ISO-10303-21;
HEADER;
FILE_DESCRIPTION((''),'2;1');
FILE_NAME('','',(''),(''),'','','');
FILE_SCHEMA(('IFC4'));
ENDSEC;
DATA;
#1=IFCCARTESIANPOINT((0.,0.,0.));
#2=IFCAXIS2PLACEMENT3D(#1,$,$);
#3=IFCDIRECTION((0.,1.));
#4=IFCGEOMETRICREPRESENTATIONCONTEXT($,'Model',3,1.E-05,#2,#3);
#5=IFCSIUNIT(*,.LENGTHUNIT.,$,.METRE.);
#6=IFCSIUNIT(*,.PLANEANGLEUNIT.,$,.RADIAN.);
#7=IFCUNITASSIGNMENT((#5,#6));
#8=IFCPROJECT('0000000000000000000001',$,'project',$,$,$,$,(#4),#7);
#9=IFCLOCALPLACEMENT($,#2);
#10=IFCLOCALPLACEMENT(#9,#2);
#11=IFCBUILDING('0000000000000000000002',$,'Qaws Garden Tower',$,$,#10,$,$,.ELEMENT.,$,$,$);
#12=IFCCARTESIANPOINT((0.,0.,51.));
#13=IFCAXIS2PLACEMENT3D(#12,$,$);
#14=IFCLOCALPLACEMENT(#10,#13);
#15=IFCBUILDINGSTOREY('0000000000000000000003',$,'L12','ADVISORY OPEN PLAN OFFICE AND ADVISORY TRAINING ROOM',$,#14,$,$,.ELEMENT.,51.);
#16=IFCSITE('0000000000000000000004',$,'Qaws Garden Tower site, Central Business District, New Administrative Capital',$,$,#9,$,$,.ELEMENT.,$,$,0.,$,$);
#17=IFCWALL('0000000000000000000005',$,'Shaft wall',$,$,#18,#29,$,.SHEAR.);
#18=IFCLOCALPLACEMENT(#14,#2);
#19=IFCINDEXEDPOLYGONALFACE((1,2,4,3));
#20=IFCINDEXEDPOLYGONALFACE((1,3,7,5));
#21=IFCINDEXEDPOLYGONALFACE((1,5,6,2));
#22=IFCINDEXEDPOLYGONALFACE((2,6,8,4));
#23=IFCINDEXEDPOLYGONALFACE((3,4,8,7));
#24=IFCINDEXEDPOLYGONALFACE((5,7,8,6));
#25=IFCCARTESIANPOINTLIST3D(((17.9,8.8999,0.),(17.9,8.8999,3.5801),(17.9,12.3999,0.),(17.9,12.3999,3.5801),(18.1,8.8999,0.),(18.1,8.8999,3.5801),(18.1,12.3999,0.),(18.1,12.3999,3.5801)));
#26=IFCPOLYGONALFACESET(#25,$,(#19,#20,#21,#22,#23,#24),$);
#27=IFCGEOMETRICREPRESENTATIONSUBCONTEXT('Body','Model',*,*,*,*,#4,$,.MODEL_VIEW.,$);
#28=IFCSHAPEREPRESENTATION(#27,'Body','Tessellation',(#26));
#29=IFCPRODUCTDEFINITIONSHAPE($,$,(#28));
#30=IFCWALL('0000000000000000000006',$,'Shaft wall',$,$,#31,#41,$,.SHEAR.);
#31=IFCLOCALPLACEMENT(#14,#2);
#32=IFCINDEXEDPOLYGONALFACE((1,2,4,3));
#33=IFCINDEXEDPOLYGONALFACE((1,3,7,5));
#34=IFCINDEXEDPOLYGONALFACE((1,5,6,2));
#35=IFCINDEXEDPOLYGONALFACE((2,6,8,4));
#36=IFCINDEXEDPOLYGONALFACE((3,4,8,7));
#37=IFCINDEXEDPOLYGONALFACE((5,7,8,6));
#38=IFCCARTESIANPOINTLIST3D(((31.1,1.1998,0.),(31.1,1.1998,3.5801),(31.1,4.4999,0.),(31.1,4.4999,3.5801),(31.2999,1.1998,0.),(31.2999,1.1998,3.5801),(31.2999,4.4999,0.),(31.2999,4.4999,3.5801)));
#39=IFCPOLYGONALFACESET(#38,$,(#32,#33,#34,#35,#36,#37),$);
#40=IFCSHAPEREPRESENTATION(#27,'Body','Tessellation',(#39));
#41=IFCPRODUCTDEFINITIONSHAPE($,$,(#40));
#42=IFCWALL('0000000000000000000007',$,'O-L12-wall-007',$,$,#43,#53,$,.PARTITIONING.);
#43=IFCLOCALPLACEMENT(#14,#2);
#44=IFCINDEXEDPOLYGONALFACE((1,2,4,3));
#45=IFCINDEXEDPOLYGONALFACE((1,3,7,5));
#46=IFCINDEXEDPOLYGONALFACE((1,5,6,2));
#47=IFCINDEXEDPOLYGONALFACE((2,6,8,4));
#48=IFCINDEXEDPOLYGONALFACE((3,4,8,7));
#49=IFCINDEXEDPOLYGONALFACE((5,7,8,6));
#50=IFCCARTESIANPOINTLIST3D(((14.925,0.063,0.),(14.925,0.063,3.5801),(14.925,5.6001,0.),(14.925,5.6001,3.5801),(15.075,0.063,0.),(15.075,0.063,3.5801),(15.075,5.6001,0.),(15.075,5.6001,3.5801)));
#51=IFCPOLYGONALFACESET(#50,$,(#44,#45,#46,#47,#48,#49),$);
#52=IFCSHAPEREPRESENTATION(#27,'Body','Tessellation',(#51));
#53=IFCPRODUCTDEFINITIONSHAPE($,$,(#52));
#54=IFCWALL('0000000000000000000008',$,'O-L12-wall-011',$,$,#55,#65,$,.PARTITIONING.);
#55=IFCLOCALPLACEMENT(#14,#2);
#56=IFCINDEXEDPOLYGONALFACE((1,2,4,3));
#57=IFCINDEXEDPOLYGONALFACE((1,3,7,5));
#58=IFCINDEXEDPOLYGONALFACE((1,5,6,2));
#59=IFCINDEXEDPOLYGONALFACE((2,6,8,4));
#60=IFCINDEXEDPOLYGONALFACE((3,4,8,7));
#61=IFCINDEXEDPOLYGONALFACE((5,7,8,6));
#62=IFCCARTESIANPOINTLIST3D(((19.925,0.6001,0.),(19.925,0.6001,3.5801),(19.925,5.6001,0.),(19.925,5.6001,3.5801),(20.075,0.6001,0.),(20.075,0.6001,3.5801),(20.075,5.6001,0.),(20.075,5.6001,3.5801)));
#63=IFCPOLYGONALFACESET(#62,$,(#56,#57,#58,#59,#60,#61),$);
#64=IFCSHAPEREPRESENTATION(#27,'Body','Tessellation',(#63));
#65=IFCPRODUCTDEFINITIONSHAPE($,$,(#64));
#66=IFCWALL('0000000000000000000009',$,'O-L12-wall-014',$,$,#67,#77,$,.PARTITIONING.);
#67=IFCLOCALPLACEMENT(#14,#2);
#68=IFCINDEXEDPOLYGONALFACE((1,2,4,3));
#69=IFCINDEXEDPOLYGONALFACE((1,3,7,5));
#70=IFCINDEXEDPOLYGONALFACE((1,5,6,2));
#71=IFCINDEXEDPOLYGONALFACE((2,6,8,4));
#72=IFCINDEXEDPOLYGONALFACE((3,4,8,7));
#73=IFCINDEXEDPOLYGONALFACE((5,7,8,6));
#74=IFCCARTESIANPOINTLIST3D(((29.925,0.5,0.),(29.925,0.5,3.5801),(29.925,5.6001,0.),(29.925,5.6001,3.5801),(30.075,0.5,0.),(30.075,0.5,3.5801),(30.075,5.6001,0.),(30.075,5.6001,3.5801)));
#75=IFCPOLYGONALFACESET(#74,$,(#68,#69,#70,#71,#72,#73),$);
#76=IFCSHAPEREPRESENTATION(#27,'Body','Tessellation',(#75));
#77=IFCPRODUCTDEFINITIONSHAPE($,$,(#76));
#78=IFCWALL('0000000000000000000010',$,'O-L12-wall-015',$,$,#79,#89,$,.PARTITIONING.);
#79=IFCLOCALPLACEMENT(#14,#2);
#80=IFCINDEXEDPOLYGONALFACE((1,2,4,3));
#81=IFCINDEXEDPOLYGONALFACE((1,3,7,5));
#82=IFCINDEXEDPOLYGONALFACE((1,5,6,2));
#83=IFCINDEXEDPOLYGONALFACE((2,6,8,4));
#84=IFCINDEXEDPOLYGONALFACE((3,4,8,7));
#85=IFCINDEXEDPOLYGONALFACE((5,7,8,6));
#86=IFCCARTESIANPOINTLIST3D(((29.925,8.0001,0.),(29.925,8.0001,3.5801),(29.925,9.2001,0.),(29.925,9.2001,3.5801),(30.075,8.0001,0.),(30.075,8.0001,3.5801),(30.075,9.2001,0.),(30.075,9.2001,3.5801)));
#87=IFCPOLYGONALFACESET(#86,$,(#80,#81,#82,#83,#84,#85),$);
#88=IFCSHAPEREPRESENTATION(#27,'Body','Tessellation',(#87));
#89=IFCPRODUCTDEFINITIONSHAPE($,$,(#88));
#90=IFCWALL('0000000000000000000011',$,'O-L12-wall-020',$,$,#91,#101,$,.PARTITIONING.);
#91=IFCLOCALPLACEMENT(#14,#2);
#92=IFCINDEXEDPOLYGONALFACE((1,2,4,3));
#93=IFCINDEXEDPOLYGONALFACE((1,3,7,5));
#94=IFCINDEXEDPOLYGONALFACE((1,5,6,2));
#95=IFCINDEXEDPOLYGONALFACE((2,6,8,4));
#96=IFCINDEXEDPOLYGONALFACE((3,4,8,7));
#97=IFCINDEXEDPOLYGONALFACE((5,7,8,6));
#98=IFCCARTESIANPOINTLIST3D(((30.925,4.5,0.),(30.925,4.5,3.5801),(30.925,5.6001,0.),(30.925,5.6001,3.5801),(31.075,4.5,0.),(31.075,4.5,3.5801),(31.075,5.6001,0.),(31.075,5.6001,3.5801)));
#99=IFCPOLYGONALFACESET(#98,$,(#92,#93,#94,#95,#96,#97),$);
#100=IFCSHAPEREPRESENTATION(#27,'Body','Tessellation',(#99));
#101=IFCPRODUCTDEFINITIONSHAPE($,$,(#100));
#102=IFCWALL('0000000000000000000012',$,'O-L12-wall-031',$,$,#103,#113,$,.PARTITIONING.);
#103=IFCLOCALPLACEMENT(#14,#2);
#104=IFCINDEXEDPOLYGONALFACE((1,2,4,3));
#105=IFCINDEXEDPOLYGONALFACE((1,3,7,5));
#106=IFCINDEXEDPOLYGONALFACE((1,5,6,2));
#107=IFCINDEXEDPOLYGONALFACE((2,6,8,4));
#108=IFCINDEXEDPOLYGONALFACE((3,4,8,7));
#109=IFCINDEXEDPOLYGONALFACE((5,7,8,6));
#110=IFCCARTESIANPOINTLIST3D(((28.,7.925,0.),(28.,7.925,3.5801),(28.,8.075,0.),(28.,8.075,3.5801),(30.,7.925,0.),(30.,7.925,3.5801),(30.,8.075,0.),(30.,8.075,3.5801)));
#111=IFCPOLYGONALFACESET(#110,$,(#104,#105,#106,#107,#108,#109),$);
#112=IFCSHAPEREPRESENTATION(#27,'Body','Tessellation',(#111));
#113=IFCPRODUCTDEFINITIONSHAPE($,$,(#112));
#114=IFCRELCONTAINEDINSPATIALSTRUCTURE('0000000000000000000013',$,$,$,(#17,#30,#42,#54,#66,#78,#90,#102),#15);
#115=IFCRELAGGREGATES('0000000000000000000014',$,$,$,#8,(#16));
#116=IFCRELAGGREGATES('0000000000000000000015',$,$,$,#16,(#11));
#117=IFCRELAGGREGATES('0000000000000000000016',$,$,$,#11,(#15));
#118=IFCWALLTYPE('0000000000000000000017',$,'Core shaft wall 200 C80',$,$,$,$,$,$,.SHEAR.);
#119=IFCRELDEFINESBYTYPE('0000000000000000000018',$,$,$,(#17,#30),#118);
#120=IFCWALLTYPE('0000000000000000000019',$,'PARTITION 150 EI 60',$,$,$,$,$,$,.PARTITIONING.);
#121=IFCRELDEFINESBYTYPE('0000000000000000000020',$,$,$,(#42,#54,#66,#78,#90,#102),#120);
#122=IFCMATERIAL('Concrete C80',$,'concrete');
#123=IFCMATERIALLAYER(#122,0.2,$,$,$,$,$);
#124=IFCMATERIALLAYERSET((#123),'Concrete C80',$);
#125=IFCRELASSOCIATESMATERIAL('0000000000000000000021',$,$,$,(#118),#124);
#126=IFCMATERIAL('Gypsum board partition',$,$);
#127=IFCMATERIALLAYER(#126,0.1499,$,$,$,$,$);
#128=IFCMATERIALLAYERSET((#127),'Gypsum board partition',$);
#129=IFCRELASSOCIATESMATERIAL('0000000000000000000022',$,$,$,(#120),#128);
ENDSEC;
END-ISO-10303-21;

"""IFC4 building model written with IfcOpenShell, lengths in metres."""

from ifc_helpers import new_model, si_unit, direction, frame, frame_2d, origin, place, context, subcontext, project, spatial, rectangle, extrude, material, layer, layer_set, type_object, element, save


model = new_model("IFC4")

# Units and contexts
model_context = context("Model", 3, precision=1e-05, world=origin(), true_north=direction((0.0, 1.0)))
body_context = subcontext(model_context, "Body", "Model", "MODEL_VIEW")
ifc_project = project(units=[si_unit("LENGTHUNIT", "METRE"), si_unit("PLANEANGLEUNIT", "RADIAN")], contexts=[model_context])

# Site, building, storey
site_placement = place(None, origin())
site = spatial("IfcSite", under=ifc_project, at=site_placement, Name="Qaws Garden Tower site, Central Business District, New Administrative Capital", CompositionType="ELEMENT", RefElevation=0.0)
building_placement = place(site_placement, origin())
building = spatial("IfcBuilding", under=site, at=building_placement, Name="Qaws Garden Tower", CompositionType="ELEMENT")
storey_placement = place(building_placement, frame((0.0, 0.0, 51.0)))
storey = spatial("IfcBuildingStorey", under=building, at=storey_placement, Name="L12", Description="ADVISORY OPEN PLAN OFFICE AND ADVISORY TRAINING ROOM", CompositionType="ELEMENT", Elevation=51.0)

# Walls
ifc_material_1 = material(Name="Concrete C80", Category="concrete")
ifc_layer_1 = layer(ifc_material_1, 0.2)
ifc_layer_set_1 = layer_set([ifc_layer_1], Name="Concrete C80")
wall_type_1 = type_object("IfcWallType", Name="Core shaft wall 200 C80", PredefinedType="SHEAR", material=ifc_layer_set_1)
for number, where, z_axis, x_axis, name in (
    (1, (18.0, 8.8999, 0.0), (0.0, 0.0, 1.0), (0.0, 1.0, 0.0), "Shaft wall"),
):
    element("IfcWall", number, at=place(storey_placement, frame(where, z_axis=z_axis, x_axis=x_axis)), inside=storey, type_object=wall_type_1, Name=name, PredefinedType="SHEAR", context=body_context, shape_type="SweptSolid", body=[
        extrude(rectangle(XDim=3.5, YDim=0.2, at=frame_2d((1.75, 0.0))), origin(), (0.0, 0.0, 1.0), 3.5801),
    ])
wall_1_placement = place(storey_placement, frame((31.2, 1.2, 0.0), z_axis=(0.0, 0.0, 1.0), x_axis=(0.0, 1.0, 0.0)))
element("IfcWall", 2, at=wall_1_placement, inside=storey, type_object=wall_type_1, Name="Shaft wall", PredefinedType="SHEAR", context=body_context, shape_type="SweptSolid", body=[
    extrude(rectangle(XDim=3.3, YDim=0.2, at=frame_2d((1.6499, 0.0))), origin(), (0.0, 0.0, 1.0), 3.5801),
])
ifc_material_2 = material(Name="Gypsum board partition")
ifc_layer_2 = layer(ifc_material_2, 0.1499)
ifc_layer_set_2 = layer_set([ifc_layer_2], Name="Gypsum board partition")
wall_type_2 = type_object("IfcWallType", Name="PARTITION 150 EI 60", PredefinedType="PARTITIONING", material=ifc_layer_set_2)
wall_2_placement = place(storey_placement, frame((15.0, 0.063, 0.0), z_axis=(0.0, 0.0, 1.0), x_axis=(0.0, 1.0, 0.0)))
element("IfcWall", 3, at=wall_2_placement, inside=storey, type_object=wall_type_2, Name="O-L12-wall-007", PredefinedType="PARTITIONING", context=body_context, shape_type="SweptSolid", body=[
    extrude(rectangle(XDim=5.5371, YDim=0.1499, at=frame_2d((2.7686, 0.0))), origin(), (0.0, 0.0, 1.0), 3.5801),
])
wall_3_placement = place(storey_placement, frame((20.0, 0.6001, 0.0), z_axis=(0.0, 0.0, 1.0), x_axis=(0.0, 1.0, 0.0)))
element("IfcWall", 4, at=wall_3_placement, inside=storey, type_object=wall_type_2, Name="O-L12-wall-011", PredefinedType="PARTITIONING", context=body_context, shape_type="SweptSolid", body=[
    extrude(rectangle(XDim=5.0, YDim=0.1499, at=frame_2d((2.5, 0.0))), origin(), (0.0, 0.0, 1.0), 3.5801),
])
wall_4_placement = place(storey_placement, frame((30.0, 0.5, 0.0), z_axis=(0.0, 0.0, 1.0), x_axis=(0.0, 1.0, 0.0)))
element("IfcWall", 5, at=wall_4_placement, inside=storey, type_object=wall_type_2, Name="O-L12-wall-014", PredefinedType="PARTITIONING", context=body_context, shape_type="SweptSolid", body=[
    extrude(rectangle(XDim=5.1001, YDim=0.1499, at=frame_2d((2.55, 0.0))), origin(), (0.0, 0.0, 1.0), 3.5801),
])
wall_5_placement = place(storey_placement, frame((30.0, 8.0, 0.0), z_axis=(0.0, 0.0, 1.0), x_axis=(0.0, 1.0, 0.0)))
element("IfcWall", 6, at=wall_5_placement, inside=storey, type_object=wall_type_2, Name="O-L12-wall-015", PredefinedType="PARTITIONING", context=body_context, shape_type="SweptSolid", body=[
    extrude(rectangle(XDim=1.2, YDim=0.1499, at=frame_2d((0.6001, 0.0))), origin(), (0.0, 0.0, 1.0), 3.5801),
])
wall_6_placement = place(storey_placement, frame((31.0, 4.5, 0.0), z_axis=(0.0, 0.0, 1.0), x_axis=(0.0, 1.0, 0.0)))
element("IfcWall", 7, at=wall_6_placement, inside=storey, type_object=wall_type_2, Name="O-L12-wall-020", PredefinedType="PARTITIONING", context=body_context, shape_type="SweptSolid", body=[
    extrude(rectangle(XDim=1.1001, YDim=0.1499, at=frame_2d((0.55, 0.0))), origin(), (0.0, 0.0, 1.0), 3.5801),
])
wall_7_placement = place(storey_placement, frame((28.0, 8.0, 0.0), z_axis=(0.0, 0.0, 1.0), x_axis=(1.0, 0.0, 0.0)))
element("IfcWall", 8, at=wall_7_placement, inside=storey, type_object=wall_type_2, Name="O-L12-wall-031", PredefinedType="PARTITIONING", context=body_context, shape_type="SweptSolid", body=[
    extrude(rectangle(XDim=2.0, YDim=0.1499, at=frame_2d((1.0, 0.0))), origin(), (0.0, 0.0, 1.0), 3.5801),
])

save(model, "model.ifc")
